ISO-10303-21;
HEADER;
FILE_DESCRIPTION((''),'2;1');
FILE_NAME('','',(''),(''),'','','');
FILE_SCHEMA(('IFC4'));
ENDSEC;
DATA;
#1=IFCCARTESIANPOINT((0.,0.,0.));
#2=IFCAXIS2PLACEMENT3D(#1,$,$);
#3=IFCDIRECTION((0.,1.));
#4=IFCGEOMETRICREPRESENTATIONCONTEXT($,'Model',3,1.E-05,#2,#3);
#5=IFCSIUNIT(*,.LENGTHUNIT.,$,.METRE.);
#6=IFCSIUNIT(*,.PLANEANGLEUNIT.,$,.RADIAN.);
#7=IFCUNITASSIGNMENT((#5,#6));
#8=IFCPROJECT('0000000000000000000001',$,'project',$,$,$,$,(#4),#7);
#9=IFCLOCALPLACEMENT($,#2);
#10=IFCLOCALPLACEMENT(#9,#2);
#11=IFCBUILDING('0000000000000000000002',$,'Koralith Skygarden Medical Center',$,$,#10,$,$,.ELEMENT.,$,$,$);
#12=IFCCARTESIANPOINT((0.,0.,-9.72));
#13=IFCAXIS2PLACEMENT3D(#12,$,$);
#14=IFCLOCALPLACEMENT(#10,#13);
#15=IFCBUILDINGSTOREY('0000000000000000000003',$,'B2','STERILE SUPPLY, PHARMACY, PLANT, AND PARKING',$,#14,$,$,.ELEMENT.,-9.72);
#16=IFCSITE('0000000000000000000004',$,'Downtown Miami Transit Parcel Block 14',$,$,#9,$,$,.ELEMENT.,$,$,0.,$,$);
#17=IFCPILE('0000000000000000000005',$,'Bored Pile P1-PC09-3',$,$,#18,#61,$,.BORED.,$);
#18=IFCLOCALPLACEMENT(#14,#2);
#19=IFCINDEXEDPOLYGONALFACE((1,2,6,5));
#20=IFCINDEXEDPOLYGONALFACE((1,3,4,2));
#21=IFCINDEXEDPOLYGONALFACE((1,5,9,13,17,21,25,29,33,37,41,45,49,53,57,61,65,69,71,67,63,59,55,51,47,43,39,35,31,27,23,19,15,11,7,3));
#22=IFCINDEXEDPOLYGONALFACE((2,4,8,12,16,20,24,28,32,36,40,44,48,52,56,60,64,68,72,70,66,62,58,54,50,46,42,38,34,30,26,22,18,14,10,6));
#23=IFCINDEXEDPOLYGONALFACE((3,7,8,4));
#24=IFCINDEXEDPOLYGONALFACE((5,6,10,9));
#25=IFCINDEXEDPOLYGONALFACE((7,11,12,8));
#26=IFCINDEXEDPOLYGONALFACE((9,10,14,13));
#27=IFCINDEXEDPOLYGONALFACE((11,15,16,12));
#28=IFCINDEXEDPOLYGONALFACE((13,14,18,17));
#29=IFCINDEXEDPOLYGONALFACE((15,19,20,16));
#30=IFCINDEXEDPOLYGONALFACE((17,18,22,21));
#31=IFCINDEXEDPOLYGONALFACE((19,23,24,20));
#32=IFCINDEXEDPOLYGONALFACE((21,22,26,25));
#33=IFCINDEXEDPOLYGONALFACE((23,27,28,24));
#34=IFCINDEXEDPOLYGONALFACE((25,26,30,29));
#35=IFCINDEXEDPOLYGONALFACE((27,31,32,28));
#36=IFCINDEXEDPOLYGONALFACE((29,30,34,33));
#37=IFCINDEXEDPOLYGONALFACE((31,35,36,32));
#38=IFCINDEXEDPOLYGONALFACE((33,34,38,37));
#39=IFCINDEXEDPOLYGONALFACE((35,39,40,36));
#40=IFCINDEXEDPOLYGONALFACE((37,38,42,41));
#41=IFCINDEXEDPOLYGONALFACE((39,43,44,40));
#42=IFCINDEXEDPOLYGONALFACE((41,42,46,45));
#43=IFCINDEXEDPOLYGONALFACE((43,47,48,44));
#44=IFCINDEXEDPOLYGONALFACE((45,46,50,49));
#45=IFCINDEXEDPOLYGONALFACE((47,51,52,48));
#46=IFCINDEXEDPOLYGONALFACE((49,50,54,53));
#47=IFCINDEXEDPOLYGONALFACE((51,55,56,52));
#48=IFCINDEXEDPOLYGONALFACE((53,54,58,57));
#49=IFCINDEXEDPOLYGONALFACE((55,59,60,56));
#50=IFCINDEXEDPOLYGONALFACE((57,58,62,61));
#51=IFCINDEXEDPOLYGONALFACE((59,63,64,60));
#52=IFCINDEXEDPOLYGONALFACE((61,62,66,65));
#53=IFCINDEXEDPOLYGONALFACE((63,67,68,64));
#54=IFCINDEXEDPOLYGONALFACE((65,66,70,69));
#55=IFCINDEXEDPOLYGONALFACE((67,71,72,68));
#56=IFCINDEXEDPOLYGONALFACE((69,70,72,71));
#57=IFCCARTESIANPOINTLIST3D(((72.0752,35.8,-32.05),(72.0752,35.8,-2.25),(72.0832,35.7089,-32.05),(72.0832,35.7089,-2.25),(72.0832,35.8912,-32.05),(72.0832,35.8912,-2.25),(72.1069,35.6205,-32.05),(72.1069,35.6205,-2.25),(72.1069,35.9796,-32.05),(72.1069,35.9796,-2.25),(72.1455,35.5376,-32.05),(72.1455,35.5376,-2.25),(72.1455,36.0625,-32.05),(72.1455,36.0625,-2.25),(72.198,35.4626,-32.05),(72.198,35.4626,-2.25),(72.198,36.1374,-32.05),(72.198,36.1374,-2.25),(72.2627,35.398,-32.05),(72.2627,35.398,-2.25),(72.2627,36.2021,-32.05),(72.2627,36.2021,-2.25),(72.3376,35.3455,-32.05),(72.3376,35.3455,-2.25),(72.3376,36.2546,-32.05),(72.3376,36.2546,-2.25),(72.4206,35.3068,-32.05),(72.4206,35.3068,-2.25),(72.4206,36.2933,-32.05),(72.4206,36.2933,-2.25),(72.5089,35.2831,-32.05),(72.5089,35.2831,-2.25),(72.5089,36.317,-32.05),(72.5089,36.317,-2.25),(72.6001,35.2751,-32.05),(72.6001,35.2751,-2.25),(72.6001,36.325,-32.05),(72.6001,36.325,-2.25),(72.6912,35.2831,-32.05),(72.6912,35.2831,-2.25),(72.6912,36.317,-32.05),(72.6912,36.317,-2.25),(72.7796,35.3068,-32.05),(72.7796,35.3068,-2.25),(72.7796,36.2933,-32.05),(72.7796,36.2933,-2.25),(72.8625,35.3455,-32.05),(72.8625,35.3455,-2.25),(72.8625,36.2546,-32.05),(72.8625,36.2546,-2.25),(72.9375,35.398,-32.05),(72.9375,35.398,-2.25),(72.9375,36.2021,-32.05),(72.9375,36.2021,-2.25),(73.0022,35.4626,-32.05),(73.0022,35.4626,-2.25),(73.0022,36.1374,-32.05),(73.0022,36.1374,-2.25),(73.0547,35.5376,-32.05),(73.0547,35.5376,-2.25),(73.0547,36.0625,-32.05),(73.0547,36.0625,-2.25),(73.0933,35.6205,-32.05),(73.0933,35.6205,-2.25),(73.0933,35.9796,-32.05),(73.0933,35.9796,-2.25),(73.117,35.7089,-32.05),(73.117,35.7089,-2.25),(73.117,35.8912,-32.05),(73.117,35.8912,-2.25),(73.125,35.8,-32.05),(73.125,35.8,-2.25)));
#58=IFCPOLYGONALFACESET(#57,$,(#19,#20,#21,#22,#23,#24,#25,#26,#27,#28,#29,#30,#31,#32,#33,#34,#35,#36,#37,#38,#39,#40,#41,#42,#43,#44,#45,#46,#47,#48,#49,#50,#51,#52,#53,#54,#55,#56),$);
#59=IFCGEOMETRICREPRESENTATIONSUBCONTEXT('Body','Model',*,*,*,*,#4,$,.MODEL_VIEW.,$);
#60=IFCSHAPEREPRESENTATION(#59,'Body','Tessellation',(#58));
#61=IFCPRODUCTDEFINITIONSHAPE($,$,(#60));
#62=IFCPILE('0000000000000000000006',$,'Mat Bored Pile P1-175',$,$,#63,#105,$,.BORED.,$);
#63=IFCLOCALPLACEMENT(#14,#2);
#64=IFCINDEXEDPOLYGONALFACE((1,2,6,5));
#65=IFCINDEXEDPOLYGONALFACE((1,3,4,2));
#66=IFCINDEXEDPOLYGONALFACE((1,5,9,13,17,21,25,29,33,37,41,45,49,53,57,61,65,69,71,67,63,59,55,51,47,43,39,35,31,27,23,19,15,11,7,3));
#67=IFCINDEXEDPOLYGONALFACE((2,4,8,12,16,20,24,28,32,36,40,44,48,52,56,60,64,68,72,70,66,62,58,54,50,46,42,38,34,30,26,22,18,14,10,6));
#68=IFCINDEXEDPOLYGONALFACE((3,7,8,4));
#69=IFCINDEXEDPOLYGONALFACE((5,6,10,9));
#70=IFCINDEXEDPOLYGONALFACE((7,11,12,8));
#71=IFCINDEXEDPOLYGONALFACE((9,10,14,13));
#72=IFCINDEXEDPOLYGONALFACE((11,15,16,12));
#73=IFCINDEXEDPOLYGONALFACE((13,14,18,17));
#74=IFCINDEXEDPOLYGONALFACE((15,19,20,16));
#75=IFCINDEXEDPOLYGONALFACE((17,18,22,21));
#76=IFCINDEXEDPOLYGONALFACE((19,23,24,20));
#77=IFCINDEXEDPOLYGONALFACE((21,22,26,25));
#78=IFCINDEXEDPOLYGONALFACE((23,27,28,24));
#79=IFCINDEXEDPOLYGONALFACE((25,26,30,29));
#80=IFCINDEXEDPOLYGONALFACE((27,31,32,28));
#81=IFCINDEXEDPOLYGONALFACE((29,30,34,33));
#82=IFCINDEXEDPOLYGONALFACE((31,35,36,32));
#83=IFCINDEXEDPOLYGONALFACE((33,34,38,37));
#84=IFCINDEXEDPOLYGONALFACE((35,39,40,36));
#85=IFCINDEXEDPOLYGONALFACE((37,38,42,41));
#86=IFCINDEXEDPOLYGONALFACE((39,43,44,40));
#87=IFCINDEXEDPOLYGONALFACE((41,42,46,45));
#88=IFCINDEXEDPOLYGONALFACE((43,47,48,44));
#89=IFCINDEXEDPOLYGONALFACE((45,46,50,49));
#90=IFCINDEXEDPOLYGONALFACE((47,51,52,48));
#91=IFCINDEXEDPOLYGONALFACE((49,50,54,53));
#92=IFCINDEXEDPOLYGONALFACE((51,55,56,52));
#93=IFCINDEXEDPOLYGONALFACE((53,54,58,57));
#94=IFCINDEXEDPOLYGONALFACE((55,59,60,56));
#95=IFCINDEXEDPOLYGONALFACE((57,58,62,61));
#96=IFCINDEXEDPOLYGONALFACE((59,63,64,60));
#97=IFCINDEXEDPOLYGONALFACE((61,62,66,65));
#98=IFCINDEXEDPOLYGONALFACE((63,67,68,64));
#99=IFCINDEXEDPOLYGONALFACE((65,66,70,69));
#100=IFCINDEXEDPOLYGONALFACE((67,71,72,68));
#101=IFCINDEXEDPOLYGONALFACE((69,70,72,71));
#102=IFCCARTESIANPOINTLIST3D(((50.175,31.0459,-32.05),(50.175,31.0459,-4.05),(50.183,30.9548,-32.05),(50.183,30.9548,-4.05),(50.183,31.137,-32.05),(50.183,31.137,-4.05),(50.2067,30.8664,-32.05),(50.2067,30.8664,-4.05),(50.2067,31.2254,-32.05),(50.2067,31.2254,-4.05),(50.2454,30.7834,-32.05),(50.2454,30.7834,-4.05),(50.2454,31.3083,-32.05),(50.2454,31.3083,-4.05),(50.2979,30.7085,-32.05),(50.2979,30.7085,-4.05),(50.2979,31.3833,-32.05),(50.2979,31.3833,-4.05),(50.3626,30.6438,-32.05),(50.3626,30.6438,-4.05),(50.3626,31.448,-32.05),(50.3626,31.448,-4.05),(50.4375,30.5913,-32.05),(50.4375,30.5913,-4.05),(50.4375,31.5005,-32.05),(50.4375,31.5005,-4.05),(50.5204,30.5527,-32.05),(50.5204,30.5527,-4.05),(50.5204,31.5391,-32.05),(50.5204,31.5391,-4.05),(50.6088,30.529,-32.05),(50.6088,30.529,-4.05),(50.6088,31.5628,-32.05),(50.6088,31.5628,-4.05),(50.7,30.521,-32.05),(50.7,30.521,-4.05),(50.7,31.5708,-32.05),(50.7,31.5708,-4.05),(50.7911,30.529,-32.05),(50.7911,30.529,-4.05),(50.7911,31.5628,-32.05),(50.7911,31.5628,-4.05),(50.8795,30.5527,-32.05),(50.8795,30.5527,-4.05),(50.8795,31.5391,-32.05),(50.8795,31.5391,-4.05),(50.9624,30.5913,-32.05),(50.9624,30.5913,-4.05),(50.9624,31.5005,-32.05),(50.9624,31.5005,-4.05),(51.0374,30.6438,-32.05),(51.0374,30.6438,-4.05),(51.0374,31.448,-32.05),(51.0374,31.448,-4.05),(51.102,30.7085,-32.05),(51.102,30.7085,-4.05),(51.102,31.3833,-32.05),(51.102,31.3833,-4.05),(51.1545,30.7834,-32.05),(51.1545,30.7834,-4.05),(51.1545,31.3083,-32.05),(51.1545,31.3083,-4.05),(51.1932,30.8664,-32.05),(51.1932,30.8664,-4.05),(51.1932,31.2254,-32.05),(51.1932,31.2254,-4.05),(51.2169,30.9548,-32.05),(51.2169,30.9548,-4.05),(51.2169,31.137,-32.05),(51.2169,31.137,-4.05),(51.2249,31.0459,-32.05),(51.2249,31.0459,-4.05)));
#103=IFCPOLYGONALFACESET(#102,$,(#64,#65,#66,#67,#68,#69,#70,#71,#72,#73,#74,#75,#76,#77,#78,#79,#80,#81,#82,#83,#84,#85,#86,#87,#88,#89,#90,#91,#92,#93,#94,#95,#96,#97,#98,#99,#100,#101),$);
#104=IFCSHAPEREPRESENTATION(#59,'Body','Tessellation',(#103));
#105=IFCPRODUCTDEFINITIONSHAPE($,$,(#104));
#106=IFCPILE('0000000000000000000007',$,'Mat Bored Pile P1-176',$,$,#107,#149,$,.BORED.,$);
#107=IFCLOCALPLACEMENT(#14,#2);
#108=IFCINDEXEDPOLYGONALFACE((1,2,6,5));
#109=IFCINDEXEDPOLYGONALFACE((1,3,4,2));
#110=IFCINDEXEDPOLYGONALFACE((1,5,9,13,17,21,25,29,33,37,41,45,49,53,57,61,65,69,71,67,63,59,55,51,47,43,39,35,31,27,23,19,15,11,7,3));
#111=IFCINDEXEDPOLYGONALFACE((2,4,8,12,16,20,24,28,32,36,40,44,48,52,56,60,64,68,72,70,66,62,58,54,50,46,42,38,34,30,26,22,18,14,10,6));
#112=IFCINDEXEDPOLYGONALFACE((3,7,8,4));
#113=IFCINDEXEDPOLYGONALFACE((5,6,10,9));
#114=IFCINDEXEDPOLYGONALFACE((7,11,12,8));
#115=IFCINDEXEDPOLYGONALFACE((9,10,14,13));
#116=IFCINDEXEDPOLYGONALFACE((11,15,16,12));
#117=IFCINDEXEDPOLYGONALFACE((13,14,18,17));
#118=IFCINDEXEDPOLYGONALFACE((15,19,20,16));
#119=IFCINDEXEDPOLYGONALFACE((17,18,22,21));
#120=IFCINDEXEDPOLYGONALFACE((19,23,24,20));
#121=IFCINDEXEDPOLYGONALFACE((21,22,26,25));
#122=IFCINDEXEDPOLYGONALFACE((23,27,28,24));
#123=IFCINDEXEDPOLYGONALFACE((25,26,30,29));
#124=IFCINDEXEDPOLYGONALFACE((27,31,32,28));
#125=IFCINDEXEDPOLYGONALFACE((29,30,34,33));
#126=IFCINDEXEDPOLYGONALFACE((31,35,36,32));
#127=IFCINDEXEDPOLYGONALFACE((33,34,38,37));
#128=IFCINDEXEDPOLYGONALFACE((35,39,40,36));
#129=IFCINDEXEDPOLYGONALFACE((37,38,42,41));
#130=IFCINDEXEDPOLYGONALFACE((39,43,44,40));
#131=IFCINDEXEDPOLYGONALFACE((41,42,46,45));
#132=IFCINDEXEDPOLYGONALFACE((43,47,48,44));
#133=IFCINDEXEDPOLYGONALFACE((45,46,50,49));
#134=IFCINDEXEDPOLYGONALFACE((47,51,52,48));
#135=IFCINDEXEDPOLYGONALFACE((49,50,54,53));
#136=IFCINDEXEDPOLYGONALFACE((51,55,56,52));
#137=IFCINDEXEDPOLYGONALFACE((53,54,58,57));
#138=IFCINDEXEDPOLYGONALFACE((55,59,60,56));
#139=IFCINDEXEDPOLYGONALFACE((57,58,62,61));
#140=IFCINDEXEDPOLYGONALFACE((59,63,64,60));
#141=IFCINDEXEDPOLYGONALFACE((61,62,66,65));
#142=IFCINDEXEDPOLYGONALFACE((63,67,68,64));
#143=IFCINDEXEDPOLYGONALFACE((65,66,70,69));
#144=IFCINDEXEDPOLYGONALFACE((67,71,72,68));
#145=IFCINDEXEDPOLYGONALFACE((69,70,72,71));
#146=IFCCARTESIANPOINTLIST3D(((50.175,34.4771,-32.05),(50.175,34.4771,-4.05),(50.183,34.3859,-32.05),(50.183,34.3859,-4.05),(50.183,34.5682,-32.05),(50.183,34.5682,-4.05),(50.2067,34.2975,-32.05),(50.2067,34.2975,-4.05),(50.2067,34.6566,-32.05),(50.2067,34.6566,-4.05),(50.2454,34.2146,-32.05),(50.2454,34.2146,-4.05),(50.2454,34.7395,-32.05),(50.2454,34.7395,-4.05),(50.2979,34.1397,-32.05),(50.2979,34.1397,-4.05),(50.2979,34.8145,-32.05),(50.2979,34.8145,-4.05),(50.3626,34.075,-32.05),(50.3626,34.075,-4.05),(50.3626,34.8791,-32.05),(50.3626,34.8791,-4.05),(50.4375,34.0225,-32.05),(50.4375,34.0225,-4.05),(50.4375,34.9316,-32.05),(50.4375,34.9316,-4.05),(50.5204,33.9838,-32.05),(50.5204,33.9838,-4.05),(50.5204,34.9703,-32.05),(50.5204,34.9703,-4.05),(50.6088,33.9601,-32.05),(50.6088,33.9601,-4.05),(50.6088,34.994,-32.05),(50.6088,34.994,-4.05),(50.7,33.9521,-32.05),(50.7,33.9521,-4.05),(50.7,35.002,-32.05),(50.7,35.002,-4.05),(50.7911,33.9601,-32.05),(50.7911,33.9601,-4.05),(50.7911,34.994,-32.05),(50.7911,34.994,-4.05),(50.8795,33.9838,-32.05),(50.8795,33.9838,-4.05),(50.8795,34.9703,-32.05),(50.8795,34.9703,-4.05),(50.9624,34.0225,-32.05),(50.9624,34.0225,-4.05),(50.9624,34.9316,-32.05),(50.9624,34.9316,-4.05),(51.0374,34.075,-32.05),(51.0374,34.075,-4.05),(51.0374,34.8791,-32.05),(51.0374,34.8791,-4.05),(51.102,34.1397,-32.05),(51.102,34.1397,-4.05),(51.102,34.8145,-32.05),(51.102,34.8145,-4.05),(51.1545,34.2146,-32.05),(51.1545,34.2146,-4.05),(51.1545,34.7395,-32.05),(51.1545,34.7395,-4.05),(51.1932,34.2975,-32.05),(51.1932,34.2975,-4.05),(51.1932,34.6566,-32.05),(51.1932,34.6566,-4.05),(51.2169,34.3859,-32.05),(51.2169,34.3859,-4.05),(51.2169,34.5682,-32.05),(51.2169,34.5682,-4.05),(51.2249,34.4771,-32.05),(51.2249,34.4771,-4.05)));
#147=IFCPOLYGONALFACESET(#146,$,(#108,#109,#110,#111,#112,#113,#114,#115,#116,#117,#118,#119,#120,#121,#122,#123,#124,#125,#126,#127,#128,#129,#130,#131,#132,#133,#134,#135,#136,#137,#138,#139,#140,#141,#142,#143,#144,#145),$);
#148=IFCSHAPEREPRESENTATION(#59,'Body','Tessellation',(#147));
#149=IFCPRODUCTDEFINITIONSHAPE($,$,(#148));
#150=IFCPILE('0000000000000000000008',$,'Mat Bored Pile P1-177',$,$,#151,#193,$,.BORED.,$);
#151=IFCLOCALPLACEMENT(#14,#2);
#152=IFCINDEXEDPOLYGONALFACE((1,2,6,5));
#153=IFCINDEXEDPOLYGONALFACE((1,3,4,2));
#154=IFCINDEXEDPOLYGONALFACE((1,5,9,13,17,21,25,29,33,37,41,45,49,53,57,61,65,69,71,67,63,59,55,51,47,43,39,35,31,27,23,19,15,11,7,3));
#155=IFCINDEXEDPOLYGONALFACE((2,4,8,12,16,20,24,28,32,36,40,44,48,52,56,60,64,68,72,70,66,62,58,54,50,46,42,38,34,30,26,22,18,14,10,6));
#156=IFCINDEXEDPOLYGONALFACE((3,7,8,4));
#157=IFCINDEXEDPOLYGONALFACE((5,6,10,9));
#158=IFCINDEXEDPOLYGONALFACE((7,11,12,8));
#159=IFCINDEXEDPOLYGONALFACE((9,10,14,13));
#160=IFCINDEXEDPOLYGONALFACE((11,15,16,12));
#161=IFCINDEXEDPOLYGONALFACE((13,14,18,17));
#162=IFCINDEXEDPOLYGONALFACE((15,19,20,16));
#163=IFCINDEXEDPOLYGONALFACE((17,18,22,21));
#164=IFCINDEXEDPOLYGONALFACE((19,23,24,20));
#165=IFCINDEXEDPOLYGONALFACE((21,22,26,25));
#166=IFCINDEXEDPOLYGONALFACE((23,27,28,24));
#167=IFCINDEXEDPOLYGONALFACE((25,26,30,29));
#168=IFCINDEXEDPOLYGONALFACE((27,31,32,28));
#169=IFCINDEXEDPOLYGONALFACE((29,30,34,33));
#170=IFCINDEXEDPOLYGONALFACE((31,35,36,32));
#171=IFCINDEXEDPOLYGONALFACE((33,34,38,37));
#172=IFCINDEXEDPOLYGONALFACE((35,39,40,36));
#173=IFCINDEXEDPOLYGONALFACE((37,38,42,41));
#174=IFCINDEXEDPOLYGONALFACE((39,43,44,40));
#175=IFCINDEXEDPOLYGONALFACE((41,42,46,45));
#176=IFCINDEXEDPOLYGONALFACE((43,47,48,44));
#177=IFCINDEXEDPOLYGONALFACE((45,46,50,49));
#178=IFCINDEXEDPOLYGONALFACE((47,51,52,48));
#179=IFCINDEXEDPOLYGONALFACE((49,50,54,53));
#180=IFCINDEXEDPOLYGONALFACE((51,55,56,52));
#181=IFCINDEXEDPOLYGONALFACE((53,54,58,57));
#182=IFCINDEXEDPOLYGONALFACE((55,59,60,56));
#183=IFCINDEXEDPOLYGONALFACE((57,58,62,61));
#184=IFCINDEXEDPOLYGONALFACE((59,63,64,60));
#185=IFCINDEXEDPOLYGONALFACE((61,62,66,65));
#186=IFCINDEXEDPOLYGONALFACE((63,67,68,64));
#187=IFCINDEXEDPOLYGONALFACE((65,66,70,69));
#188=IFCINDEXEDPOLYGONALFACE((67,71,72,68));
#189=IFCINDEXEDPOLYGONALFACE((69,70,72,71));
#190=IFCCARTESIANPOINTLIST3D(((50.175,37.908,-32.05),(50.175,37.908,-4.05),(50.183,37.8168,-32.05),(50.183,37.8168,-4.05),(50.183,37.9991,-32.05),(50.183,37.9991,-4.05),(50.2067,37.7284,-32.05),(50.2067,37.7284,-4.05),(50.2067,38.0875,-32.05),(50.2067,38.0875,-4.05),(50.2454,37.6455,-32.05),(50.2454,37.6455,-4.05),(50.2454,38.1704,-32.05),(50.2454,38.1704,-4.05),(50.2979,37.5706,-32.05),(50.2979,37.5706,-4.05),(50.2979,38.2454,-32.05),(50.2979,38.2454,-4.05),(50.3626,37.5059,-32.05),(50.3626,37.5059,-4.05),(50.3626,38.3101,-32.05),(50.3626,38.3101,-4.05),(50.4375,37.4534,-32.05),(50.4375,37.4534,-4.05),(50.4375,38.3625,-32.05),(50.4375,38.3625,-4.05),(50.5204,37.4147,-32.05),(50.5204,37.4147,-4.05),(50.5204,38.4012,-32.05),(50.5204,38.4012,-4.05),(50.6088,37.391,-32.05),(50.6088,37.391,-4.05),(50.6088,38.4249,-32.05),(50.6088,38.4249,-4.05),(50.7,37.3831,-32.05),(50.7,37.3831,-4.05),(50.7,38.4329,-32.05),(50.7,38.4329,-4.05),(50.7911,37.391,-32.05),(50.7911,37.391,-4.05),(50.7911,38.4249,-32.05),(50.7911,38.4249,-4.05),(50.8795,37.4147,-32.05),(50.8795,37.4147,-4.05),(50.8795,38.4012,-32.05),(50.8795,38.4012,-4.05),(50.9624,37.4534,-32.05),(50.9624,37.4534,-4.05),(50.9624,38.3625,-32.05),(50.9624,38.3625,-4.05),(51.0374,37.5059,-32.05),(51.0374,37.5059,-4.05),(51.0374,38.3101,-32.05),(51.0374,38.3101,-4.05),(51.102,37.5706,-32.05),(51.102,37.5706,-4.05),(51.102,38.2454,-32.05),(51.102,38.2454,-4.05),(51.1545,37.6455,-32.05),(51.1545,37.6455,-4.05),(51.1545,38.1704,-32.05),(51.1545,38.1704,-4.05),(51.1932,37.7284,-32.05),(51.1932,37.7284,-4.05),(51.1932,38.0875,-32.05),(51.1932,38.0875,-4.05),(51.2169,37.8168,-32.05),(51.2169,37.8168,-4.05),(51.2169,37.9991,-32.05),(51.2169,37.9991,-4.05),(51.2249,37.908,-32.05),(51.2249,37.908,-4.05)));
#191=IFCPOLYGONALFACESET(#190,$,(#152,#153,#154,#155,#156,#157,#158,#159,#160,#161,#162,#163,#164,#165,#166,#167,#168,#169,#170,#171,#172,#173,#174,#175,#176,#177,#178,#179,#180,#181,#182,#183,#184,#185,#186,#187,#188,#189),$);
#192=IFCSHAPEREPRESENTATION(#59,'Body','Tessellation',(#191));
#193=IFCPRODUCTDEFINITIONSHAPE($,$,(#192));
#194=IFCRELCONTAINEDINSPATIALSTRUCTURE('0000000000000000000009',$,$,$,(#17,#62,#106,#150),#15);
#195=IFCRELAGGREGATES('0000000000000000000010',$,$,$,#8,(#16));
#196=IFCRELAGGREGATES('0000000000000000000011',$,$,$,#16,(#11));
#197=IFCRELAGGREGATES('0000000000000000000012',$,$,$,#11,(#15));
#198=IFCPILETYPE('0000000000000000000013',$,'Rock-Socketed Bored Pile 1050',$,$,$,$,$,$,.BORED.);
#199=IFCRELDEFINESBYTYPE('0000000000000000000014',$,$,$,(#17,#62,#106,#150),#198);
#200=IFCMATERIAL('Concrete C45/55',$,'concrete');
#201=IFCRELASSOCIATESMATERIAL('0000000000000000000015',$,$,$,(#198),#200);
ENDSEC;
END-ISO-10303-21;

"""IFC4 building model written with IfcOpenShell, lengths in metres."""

from ifc_helpers import new_model, si_unit, direction, frame, origin, origin_2d, place, context, subcontext, project, spatial, circle, extrude, material, material_profile, profile_set, type_object, element, save


model = new_model("IFC4")

# Units and contexts
model_context = context("Model", 3, precision=1e-05, world=origin(), true_north=direction((0.0, 1.0)))
body_context = subcontext(model_context, "Body", "Model", "MODEL_VIEW")
ifc_project = project(units=[si_unit("LENGTHUNIT", "METRE"), si_unit("PLANEANGLEUNIT", "RADIAN")], contexts=[model_context])

# Site, building, storey
site_placement = place(None, origin())
site = spatial("IfcSite", under=ifc_project, at=site_placement, Name="Downtown Miami Transit Parcel Block 14", CompositionType="ELEMENT", RefElevation=0.0)
building_placement = place(site_placement, origin())
building = spatial("IfcBuilding", under=site, at=building_placement, Name="Koralith Skygarden Medical Center", CompositionType="ELEMENT")
storey_placement = place(building_placement, frame((0.0, 0.0, -9.72)))
storey = spatial("IfcBuildingStorey", under=building, at=storey_placement, Name="B2", Description="STERILE SUPPLY, PHARMACY, PLANT, AND PARKING", CompositionType="ELEMENT", Elevation=-9.72)

# Piles
ifc_material_1 = material(Name="Concrete C45/55", Category="concrete")
ifc_material_profile_1 = material_profile(ifc_material_1, circle(Radius=0.5249, at=origin_2d()), Name="PILE1050")
ifc_profile_set_1 = profile_set([ifc_material_profile_1], Name="Concrete C45/55")
pile_type = type_object("IfcPileType", Name="Rock-Socketed Bored Pile 1050", PredefinedType="BORED", material=ifc_profile_set_1)
for number, where, z_axis, x_axis, name in (
    (1, (72.6001, 35.8, -2.25), (0.0, 0.0, -1.0), (1.0, 0.0, 0.0), "Bored Pile P1-PC09-3"),
):
    element("IfcPile", number, at=place(storey_placement, frame(where, z_axis=z_axis, x_axis=x_axis)), inside=storey, type_object=pile_type, Name=name, PredefinedType="BORED", context=body_context, shape_type="SweptSolid", body=[
        extrude(circle(Radius=0.5249, at=origin_2d()), origin(), (0.0, 0.0, 1.0), 29.8),
    ])
for number, where, z_axis, x_axis, name in (
    (2, (50.7, 31.0459, -4.05), (0.0, 0.0, -1.0), (1.0, 0.0, 0.0), "Mat Bored Pile P1-175"),
    (3, (50.7, 34.4771, -4.05), (0.0, 0.0, -1.0), (1.0, 0.0, 0.0), "Mat Bored Pile P1-176"),
    (4, (50.7, 37.908, -4.05), (0.0, 0.0, -1.0), (1.0, 0.0, 0.0), "Mat Bored Pile P1-177"),
):
    element("IfcPile", number, at=place(storey_placement, frame(where, z_axis=z_axis, x_axis=x_axis)), inside=storey, type_object=pile_type, Name=name, PredefinedType="BORED", context=body_context, shape_type="SweptSolid", body=[
        extrude(circle(Radius=0.5249, at=origin_2d()), origin(), (0.0, 0.0, 1.0), 28.0),
    ])

save(model, "model.ifc")
